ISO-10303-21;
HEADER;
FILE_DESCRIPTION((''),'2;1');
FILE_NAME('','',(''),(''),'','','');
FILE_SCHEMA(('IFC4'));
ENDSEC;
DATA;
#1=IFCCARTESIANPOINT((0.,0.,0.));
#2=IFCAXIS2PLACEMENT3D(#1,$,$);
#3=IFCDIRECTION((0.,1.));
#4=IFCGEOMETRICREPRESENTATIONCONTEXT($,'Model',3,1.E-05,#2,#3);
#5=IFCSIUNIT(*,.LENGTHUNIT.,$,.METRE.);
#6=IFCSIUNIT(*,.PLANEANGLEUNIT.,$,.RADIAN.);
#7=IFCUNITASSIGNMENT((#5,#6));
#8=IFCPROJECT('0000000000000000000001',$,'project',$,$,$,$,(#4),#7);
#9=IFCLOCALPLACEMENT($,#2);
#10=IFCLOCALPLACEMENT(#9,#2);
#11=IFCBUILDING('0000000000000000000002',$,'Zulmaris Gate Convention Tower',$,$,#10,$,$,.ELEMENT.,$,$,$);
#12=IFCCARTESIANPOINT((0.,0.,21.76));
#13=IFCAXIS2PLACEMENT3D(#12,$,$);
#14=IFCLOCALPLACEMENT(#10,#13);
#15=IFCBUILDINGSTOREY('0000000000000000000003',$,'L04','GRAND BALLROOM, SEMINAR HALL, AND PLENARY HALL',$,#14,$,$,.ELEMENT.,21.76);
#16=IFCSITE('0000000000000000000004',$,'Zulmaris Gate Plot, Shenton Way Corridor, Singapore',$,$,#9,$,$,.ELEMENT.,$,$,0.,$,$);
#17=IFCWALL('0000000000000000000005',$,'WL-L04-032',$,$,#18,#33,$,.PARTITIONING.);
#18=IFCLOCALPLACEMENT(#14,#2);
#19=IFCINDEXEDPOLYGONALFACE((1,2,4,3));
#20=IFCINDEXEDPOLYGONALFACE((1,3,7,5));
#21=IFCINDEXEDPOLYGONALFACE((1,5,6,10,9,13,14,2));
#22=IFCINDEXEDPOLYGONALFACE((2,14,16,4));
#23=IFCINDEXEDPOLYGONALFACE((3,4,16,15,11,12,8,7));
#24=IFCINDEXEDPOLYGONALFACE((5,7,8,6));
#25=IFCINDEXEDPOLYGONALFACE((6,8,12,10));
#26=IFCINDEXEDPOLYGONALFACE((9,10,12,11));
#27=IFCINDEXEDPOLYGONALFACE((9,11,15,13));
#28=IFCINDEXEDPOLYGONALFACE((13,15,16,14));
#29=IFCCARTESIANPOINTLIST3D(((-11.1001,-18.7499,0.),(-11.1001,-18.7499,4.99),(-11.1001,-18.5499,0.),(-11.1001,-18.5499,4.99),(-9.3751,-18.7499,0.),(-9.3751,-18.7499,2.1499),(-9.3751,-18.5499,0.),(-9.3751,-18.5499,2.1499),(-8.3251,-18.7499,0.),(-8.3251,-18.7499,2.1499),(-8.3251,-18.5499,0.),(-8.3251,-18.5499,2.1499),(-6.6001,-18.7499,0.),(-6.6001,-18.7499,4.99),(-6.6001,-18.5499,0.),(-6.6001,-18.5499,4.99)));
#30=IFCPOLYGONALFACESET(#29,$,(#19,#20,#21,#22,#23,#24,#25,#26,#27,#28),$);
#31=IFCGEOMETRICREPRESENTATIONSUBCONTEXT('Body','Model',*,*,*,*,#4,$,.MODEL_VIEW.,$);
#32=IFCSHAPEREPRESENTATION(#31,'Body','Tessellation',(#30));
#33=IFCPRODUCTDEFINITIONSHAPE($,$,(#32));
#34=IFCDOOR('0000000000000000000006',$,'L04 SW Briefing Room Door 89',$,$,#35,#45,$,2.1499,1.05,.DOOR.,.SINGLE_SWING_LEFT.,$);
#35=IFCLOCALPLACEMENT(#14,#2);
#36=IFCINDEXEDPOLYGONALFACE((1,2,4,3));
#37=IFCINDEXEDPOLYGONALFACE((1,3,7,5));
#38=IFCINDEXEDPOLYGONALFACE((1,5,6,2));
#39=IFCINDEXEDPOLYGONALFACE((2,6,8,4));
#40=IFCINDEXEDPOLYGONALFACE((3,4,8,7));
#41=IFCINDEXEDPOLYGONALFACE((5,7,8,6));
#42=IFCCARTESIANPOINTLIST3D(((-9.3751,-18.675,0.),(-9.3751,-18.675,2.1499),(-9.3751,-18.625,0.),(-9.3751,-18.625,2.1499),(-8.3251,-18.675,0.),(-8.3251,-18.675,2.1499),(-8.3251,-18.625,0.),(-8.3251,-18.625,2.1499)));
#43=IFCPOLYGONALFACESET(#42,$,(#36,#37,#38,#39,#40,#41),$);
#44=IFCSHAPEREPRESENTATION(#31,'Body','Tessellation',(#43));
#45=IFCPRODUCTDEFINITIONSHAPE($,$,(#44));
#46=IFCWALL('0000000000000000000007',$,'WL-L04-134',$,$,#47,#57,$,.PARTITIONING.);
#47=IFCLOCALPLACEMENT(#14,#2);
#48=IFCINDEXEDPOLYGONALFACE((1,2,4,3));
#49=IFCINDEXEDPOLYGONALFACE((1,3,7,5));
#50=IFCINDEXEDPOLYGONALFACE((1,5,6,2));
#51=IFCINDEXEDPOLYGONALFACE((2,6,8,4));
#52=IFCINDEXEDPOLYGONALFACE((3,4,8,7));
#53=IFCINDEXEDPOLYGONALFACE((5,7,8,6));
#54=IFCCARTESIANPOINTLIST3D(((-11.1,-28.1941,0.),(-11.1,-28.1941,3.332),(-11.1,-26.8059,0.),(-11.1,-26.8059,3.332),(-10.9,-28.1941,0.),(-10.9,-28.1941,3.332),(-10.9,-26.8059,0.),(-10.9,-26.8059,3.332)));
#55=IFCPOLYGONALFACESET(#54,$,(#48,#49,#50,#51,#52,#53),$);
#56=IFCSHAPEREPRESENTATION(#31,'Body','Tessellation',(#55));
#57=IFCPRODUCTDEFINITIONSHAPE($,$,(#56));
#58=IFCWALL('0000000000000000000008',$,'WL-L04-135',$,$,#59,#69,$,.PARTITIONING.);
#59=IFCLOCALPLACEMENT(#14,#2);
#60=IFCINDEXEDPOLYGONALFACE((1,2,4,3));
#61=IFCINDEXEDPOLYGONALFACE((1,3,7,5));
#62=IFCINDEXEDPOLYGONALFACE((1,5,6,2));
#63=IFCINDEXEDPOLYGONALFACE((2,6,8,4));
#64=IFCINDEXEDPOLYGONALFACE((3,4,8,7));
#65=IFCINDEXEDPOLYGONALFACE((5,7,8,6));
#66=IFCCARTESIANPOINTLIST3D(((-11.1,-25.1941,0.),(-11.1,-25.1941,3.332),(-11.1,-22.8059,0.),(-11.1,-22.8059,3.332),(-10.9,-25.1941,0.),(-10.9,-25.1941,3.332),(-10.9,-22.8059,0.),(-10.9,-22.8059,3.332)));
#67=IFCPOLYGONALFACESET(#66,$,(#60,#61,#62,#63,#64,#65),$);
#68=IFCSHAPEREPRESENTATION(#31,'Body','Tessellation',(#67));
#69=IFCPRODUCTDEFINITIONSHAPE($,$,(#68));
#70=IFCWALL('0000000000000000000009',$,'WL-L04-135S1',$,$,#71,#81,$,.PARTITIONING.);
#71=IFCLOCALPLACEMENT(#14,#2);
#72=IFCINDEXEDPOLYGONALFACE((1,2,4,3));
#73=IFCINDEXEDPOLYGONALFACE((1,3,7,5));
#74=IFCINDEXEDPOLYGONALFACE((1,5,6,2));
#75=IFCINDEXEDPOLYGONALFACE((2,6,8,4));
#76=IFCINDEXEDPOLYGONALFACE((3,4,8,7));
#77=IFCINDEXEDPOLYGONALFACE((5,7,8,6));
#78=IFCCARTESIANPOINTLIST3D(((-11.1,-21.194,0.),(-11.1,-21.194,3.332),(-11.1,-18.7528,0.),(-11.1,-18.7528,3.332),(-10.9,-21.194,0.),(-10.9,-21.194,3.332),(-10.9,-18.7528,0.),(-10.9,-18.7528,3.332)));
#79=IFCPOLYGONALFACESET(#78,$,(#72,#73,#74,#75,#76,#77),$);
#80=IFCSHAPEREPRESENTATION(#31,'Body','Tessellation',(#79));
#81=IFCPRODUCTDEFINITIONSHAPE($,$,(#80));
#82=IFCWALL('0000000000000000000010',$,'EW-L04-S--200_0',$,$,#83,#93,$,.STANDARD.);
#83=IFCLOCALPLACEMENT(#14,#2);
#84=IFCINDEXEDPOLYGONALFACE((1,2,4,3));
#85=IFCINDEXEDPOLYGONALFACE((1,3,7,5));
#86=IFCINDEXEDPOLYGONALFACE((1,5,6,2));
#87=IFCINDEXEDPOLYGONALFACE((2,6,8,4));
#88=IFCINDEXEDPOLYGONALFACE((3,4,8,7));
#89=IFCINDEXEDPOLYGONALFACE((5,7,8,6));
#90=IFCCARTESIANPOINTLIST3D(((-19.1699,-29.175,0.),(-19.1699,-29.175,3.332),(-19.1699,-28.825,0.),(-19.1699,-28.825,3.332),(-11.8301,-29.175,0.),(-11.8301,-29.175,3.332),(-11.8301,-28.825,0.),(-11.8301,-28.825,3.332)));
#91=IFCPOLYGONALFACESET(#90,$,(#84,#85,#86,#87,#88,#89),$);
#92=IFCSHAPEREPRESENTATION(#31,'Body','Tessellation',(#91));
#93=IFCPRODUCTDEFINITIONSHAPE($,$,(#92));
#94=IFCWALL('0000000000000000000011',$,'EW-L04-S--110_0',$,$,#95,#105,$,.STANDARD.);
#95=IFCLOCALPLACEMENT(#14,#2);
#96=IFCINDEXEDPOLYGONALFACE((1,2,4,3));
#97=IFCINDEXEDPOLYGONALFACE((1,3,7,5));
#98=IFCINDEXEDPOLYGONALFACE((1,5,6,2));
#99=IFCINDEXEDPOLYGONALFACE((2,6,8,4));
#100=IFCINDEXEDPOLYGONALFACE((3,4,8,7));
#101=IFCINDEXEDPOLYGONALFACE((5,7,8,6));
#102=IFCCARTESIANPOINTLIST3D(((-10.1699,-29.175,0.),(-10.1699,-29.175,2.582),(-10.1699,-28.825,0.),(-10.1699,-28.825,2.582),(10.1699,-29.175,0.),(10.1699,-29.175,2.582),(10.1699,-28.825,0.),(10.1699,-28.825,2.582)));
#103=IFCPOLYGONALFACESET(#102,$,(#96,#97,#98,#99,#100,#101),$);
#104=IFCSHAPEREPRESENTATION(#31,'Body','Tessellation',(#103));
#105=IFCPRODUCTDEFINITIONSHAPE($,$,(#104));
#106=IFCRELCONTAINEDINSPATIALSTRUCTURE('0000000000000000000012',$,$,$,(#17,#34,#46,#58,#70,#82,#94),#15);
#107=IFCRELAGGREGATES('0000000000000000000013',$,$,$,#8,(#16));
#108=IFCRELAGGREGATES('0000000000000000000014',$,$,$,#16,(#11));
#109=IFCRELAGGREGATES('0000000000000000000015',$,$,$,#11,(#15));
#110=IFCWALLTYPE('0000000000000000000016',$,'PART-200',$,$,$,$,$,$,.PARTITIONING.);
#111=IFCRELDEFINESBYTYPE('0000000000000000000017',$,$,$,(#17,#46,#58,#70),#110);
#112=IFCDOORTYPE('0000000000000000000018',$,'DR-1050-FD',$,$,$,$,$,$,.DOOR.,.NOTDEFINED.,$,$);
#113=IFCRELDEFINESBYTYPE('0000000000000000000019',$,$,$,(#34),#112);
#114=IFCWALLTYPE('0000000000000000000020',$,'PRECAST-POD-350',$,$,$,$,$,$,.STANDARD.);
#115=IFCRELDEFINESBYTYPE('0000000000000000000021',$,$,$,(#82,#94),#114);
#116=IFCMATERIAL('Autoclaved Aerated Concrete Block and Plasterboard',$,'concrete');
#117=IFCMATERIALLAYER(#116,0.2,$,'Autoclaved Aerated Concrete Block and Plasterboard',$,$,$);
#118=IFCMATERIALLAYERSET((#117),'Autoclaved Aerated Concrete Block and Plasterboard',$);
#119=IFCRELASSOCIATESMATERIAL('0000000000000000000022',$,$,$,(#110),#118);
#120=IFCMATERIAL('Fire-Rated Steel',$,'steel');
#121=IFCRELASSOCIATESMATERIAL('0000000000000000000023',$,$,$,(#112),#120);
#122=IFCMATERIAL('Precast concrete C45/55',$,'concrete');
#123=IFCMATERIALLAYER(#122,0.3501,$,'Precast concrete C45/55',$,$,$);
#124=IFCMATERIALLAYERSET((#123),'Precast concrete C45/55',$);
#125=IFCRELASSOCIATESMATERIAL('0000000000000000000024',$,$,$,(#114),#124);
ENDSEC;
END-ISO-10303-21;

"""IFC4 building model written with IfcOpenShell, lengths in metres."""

from ifc_helpers import new_model, si_unit, direction, frame, frame_2d, origin, place, context, subcontext, project, spatial, rectangle, extrude, material, layer, layer_set, type_object, element, fill, save


model = new_model("IFC4")

# Units and contexts
model_context = context("Model", 3, precision=1e-05, world=origin(), true_north=direction((0.0, 1.0)))
body_context = subcontext(model_context, "Body", "Model", "MODEL_VIEW")
ifc_project = project(units=[si_unit("LENGTHUNIT", "METRE"), si_unit("PLANEANGLEUNIT", "RADIAN")], contexts=[model_context])

# Site, building, storey
site_placement = place(None, origin())
site = spatial("IfcSite", under=ifc_project, at=site_placement, Name="Zulmaris Gate Plot, Shenton Way Corridor, Singapore", CompositionType="ELEMENT", RefElevation=0.0)
building_placement = place(site_placement, origin())
building = spatial("IfcBuilding", under=site, at=building_placement, Name="Zulmaris Gate Convention Tower", CompositionType="ELEMENT")
storey_placement = place(building_placement, frame((0.0, 0.0, 21.76)))
storey = spatial("IfcBuildingStorey", under=building, at=storey_placement, Name="L04", Description="GRAND BALLROOM, SEMINAR HALL, AND PLENARY HALL", CompositionType="ELEMENT", Elevation=21.76)

# Shared definitions
ifc_material_1 = material(Name="Fire-Rated Steel", Category="steel")

# Wall, opening, door
ifc_material_2 = material(Name="Autoclaved Aerated Concrete Block and Plasterboard", Category="concrete")
ifc_layer_1 = layer(ifc_material_2, 0.2, Name="Autoclaved Aerated Concrete Block and Plasterboard")
ifc_layer_set_1 = layer_set([ifc_layer_1], Name="Autoclaved Aerated Concrete Block and Plasterboard")
wall_type_1 = type_object("IfcWallType", Name="PART-200", PredefinedType="PARTITIONING", material=ifc_layer_set_1)
door_type_1 = type_object("IfcDoorType", Name="DR-1050-FD", OperationType="NOTDEFINED", PredefinedType="DOOR", material=ifc_material_1)
wall_1_placement = place(storey_placement, frame((-11.1001, -18.6499, 0.0), z_axis=(0.0, 0.0, 1.0), x_axis=(1.0, 0.0, 0.0)))
wall_1 = element("IfcWall", 1, at=wall_1_placement, inside=storey, type_object=wall_type_1, Name="WL-L04-032", PredefinedType="PARTITIONING", context=body_context, shape_type="SweptSolid", body=[
    extrude(rectangle(XDim=4.5, YDim=0.2, at=frame_2d((2.25, 0.0))), origin(), (0.0, 0.0, 1.0), 4.99),
])
opening_1_placement = place(wall_1_placement, frame((1.7251, 0.0, 0.0)))
opening_1 = element("IfcOpeningElement", 2, at=opening_1_placement, cuts=wall_1, PredefinedType="OPENING", context=body_context, shape_type="SweptSolid", body=[
    extrude(rectangle(XDim=1.05, YDim=2.1499, at=frame_2d((0.5249, 1.075))), frame((0.0, 0.1099, 0.0), z_axis=(0.0, -1.0, 0.0), x_axis=(1.0, 0.0, 0.0)), (0.0, 0.0, 1.0), 0.22),
])
door_1_placement = place(opening_1_placement, origin())
door_1 = element("IfcDoor", 3, at=door_1_placement, inside=storey, type_object=door_type_1, Name="L04 SW Briefing Room Door 89", OperationType="SINGLE_SWING_LEFT", OverallHeight=2.1499, OverallWidth=1.05, PredefinedType="DOOR", context=body_context, shape_type="SweptSolid", body=[
    extrude(rectangle(XDim=1.05, YDim=2.1499, at=frame_2d((0.5249, 1.075))), frame((0.0, 0.0249, 0.0), z_axis=(0.0, -1.0, 0.0), x_axis=(1.0, 0.0, 0.0)), (0.0, 0.0, 1.0), 0.05),
])
fill(opening_1, door_1)

# Walls
wall_2_placement = place(storey_placement, frame((-11.0, -28.1941, 0.0), z_axis=(0.0, 0.0, 1.0), x_axis=(0.0, 1.0, 0.0)))
element("IfcWall", 4, at=wall_2_placement, inside=storey, type_object=wall_type_1, Name="WL-L04-134", PredefinedType="PARTITIONING", context=body_context, shape_type="SweptSolid", body=[
    extrude(rectangle(XDim=1.3882, YDim=0.2, at=frame_2d((0.6941, 0.0))), origin(), (0.0, 0.0, 1.0), 3.332),
])
wall_3_placement = place(storey_placement, frame((-11.0, -25.1941, 0.0), z_axis=(0.0, 0.0, 1.0), x_axis=(0.0, 1.0, 0.0)))
element("IfcWall", 5, at=wall_3_placement, inside=storey, type_object=wall_type_1, Name="WL-L04-135", PredefinedType="PARTITIONING", context=body_context, shape_type="SweptSolid", body=[
    extrude(rectangle(XDim=2.3882, YDim=0.2, at=frame_2d((1.1941, 0.0))), origin(), (0.0, 0.0, 1.0), 3.332),
])
wall_4_placement = place(storey_placement, frame((-11.0, -21.1941, 0.0), z_axis=(0.0, 0.0, 1.0), x_axis=(0.0, 1.0, 0.0)))
element("IfcWall", 6, at=wall_4_placement, inside=storey, type_object=wall_type_1, Name="WL-L04-135S1", PredefinedType="PARTITIONING", context=body_context, shape_type="SweptSolid", body=[
    extrude(rectangle(XDim=2.4412, YDim=0.2, at=frame_2d((1.2207, 0.0))), origin(), (0.0, 0.0, 1.0), 3.332),
])
ifc_material_3 = material(Name="Precast concrete C45/55", Category="concrete")
ifc_layer_2 = layer(ifc_material_3, 0.3501, Name="Precast concrete C45/55")
ifc_layer_set_2 = layer_set([ifc_layer_2], Name="Precast concrete C45/55")
wall_type_2 = type_object("IfcWallType", Name="PRECAST-POD-350", PredefinedType="STANDARD", material=ifc_layer_set_2)
wall_5_placement = place(storey_placement, frame((-19.1699, -29.0, 0.0), z_axis=(0.0, 0.0, 1.0), x_axis=(1.0, 0.0, 0.0)))
element("IfcWall", 7, at=wall_5_placement, inside=storey, type_object=wall_type_2, Name="EW-L04-S--200_0", PredefinedType="STANDARD", context=body_context, shape_type="SweptSolid", body=[
    extrude(rectangle(XDim=7.3398, YDim=0.3501, at=frame_2d((3.6699, 0.0))), origin(), (0.0, 0.0, 1.0), 3.332),
])
wall_6_placement = place(storey_placement, frame((-10.1699, -29.0, 0.0), z_axis=(0.0, 0.0, 1.0), x_axis=(1.0, 0.0, 0.0)))
element("IfcWall", 8, at=wall_6_placement, inside=storey, type_object=wall_type_2, Name="EW-L04-S--110_0", PredefinedType="STANDARD", context=body_context, shape_type="SweptSolid", body=[
    extrude(rectangle(XDim=20.3398, YDim=0.3501, at=frame_2d((10.1699, 0.0))), origin(), (0.0, 0.0, 1.0), 2.582),
])

save(model, "model.ifc")
